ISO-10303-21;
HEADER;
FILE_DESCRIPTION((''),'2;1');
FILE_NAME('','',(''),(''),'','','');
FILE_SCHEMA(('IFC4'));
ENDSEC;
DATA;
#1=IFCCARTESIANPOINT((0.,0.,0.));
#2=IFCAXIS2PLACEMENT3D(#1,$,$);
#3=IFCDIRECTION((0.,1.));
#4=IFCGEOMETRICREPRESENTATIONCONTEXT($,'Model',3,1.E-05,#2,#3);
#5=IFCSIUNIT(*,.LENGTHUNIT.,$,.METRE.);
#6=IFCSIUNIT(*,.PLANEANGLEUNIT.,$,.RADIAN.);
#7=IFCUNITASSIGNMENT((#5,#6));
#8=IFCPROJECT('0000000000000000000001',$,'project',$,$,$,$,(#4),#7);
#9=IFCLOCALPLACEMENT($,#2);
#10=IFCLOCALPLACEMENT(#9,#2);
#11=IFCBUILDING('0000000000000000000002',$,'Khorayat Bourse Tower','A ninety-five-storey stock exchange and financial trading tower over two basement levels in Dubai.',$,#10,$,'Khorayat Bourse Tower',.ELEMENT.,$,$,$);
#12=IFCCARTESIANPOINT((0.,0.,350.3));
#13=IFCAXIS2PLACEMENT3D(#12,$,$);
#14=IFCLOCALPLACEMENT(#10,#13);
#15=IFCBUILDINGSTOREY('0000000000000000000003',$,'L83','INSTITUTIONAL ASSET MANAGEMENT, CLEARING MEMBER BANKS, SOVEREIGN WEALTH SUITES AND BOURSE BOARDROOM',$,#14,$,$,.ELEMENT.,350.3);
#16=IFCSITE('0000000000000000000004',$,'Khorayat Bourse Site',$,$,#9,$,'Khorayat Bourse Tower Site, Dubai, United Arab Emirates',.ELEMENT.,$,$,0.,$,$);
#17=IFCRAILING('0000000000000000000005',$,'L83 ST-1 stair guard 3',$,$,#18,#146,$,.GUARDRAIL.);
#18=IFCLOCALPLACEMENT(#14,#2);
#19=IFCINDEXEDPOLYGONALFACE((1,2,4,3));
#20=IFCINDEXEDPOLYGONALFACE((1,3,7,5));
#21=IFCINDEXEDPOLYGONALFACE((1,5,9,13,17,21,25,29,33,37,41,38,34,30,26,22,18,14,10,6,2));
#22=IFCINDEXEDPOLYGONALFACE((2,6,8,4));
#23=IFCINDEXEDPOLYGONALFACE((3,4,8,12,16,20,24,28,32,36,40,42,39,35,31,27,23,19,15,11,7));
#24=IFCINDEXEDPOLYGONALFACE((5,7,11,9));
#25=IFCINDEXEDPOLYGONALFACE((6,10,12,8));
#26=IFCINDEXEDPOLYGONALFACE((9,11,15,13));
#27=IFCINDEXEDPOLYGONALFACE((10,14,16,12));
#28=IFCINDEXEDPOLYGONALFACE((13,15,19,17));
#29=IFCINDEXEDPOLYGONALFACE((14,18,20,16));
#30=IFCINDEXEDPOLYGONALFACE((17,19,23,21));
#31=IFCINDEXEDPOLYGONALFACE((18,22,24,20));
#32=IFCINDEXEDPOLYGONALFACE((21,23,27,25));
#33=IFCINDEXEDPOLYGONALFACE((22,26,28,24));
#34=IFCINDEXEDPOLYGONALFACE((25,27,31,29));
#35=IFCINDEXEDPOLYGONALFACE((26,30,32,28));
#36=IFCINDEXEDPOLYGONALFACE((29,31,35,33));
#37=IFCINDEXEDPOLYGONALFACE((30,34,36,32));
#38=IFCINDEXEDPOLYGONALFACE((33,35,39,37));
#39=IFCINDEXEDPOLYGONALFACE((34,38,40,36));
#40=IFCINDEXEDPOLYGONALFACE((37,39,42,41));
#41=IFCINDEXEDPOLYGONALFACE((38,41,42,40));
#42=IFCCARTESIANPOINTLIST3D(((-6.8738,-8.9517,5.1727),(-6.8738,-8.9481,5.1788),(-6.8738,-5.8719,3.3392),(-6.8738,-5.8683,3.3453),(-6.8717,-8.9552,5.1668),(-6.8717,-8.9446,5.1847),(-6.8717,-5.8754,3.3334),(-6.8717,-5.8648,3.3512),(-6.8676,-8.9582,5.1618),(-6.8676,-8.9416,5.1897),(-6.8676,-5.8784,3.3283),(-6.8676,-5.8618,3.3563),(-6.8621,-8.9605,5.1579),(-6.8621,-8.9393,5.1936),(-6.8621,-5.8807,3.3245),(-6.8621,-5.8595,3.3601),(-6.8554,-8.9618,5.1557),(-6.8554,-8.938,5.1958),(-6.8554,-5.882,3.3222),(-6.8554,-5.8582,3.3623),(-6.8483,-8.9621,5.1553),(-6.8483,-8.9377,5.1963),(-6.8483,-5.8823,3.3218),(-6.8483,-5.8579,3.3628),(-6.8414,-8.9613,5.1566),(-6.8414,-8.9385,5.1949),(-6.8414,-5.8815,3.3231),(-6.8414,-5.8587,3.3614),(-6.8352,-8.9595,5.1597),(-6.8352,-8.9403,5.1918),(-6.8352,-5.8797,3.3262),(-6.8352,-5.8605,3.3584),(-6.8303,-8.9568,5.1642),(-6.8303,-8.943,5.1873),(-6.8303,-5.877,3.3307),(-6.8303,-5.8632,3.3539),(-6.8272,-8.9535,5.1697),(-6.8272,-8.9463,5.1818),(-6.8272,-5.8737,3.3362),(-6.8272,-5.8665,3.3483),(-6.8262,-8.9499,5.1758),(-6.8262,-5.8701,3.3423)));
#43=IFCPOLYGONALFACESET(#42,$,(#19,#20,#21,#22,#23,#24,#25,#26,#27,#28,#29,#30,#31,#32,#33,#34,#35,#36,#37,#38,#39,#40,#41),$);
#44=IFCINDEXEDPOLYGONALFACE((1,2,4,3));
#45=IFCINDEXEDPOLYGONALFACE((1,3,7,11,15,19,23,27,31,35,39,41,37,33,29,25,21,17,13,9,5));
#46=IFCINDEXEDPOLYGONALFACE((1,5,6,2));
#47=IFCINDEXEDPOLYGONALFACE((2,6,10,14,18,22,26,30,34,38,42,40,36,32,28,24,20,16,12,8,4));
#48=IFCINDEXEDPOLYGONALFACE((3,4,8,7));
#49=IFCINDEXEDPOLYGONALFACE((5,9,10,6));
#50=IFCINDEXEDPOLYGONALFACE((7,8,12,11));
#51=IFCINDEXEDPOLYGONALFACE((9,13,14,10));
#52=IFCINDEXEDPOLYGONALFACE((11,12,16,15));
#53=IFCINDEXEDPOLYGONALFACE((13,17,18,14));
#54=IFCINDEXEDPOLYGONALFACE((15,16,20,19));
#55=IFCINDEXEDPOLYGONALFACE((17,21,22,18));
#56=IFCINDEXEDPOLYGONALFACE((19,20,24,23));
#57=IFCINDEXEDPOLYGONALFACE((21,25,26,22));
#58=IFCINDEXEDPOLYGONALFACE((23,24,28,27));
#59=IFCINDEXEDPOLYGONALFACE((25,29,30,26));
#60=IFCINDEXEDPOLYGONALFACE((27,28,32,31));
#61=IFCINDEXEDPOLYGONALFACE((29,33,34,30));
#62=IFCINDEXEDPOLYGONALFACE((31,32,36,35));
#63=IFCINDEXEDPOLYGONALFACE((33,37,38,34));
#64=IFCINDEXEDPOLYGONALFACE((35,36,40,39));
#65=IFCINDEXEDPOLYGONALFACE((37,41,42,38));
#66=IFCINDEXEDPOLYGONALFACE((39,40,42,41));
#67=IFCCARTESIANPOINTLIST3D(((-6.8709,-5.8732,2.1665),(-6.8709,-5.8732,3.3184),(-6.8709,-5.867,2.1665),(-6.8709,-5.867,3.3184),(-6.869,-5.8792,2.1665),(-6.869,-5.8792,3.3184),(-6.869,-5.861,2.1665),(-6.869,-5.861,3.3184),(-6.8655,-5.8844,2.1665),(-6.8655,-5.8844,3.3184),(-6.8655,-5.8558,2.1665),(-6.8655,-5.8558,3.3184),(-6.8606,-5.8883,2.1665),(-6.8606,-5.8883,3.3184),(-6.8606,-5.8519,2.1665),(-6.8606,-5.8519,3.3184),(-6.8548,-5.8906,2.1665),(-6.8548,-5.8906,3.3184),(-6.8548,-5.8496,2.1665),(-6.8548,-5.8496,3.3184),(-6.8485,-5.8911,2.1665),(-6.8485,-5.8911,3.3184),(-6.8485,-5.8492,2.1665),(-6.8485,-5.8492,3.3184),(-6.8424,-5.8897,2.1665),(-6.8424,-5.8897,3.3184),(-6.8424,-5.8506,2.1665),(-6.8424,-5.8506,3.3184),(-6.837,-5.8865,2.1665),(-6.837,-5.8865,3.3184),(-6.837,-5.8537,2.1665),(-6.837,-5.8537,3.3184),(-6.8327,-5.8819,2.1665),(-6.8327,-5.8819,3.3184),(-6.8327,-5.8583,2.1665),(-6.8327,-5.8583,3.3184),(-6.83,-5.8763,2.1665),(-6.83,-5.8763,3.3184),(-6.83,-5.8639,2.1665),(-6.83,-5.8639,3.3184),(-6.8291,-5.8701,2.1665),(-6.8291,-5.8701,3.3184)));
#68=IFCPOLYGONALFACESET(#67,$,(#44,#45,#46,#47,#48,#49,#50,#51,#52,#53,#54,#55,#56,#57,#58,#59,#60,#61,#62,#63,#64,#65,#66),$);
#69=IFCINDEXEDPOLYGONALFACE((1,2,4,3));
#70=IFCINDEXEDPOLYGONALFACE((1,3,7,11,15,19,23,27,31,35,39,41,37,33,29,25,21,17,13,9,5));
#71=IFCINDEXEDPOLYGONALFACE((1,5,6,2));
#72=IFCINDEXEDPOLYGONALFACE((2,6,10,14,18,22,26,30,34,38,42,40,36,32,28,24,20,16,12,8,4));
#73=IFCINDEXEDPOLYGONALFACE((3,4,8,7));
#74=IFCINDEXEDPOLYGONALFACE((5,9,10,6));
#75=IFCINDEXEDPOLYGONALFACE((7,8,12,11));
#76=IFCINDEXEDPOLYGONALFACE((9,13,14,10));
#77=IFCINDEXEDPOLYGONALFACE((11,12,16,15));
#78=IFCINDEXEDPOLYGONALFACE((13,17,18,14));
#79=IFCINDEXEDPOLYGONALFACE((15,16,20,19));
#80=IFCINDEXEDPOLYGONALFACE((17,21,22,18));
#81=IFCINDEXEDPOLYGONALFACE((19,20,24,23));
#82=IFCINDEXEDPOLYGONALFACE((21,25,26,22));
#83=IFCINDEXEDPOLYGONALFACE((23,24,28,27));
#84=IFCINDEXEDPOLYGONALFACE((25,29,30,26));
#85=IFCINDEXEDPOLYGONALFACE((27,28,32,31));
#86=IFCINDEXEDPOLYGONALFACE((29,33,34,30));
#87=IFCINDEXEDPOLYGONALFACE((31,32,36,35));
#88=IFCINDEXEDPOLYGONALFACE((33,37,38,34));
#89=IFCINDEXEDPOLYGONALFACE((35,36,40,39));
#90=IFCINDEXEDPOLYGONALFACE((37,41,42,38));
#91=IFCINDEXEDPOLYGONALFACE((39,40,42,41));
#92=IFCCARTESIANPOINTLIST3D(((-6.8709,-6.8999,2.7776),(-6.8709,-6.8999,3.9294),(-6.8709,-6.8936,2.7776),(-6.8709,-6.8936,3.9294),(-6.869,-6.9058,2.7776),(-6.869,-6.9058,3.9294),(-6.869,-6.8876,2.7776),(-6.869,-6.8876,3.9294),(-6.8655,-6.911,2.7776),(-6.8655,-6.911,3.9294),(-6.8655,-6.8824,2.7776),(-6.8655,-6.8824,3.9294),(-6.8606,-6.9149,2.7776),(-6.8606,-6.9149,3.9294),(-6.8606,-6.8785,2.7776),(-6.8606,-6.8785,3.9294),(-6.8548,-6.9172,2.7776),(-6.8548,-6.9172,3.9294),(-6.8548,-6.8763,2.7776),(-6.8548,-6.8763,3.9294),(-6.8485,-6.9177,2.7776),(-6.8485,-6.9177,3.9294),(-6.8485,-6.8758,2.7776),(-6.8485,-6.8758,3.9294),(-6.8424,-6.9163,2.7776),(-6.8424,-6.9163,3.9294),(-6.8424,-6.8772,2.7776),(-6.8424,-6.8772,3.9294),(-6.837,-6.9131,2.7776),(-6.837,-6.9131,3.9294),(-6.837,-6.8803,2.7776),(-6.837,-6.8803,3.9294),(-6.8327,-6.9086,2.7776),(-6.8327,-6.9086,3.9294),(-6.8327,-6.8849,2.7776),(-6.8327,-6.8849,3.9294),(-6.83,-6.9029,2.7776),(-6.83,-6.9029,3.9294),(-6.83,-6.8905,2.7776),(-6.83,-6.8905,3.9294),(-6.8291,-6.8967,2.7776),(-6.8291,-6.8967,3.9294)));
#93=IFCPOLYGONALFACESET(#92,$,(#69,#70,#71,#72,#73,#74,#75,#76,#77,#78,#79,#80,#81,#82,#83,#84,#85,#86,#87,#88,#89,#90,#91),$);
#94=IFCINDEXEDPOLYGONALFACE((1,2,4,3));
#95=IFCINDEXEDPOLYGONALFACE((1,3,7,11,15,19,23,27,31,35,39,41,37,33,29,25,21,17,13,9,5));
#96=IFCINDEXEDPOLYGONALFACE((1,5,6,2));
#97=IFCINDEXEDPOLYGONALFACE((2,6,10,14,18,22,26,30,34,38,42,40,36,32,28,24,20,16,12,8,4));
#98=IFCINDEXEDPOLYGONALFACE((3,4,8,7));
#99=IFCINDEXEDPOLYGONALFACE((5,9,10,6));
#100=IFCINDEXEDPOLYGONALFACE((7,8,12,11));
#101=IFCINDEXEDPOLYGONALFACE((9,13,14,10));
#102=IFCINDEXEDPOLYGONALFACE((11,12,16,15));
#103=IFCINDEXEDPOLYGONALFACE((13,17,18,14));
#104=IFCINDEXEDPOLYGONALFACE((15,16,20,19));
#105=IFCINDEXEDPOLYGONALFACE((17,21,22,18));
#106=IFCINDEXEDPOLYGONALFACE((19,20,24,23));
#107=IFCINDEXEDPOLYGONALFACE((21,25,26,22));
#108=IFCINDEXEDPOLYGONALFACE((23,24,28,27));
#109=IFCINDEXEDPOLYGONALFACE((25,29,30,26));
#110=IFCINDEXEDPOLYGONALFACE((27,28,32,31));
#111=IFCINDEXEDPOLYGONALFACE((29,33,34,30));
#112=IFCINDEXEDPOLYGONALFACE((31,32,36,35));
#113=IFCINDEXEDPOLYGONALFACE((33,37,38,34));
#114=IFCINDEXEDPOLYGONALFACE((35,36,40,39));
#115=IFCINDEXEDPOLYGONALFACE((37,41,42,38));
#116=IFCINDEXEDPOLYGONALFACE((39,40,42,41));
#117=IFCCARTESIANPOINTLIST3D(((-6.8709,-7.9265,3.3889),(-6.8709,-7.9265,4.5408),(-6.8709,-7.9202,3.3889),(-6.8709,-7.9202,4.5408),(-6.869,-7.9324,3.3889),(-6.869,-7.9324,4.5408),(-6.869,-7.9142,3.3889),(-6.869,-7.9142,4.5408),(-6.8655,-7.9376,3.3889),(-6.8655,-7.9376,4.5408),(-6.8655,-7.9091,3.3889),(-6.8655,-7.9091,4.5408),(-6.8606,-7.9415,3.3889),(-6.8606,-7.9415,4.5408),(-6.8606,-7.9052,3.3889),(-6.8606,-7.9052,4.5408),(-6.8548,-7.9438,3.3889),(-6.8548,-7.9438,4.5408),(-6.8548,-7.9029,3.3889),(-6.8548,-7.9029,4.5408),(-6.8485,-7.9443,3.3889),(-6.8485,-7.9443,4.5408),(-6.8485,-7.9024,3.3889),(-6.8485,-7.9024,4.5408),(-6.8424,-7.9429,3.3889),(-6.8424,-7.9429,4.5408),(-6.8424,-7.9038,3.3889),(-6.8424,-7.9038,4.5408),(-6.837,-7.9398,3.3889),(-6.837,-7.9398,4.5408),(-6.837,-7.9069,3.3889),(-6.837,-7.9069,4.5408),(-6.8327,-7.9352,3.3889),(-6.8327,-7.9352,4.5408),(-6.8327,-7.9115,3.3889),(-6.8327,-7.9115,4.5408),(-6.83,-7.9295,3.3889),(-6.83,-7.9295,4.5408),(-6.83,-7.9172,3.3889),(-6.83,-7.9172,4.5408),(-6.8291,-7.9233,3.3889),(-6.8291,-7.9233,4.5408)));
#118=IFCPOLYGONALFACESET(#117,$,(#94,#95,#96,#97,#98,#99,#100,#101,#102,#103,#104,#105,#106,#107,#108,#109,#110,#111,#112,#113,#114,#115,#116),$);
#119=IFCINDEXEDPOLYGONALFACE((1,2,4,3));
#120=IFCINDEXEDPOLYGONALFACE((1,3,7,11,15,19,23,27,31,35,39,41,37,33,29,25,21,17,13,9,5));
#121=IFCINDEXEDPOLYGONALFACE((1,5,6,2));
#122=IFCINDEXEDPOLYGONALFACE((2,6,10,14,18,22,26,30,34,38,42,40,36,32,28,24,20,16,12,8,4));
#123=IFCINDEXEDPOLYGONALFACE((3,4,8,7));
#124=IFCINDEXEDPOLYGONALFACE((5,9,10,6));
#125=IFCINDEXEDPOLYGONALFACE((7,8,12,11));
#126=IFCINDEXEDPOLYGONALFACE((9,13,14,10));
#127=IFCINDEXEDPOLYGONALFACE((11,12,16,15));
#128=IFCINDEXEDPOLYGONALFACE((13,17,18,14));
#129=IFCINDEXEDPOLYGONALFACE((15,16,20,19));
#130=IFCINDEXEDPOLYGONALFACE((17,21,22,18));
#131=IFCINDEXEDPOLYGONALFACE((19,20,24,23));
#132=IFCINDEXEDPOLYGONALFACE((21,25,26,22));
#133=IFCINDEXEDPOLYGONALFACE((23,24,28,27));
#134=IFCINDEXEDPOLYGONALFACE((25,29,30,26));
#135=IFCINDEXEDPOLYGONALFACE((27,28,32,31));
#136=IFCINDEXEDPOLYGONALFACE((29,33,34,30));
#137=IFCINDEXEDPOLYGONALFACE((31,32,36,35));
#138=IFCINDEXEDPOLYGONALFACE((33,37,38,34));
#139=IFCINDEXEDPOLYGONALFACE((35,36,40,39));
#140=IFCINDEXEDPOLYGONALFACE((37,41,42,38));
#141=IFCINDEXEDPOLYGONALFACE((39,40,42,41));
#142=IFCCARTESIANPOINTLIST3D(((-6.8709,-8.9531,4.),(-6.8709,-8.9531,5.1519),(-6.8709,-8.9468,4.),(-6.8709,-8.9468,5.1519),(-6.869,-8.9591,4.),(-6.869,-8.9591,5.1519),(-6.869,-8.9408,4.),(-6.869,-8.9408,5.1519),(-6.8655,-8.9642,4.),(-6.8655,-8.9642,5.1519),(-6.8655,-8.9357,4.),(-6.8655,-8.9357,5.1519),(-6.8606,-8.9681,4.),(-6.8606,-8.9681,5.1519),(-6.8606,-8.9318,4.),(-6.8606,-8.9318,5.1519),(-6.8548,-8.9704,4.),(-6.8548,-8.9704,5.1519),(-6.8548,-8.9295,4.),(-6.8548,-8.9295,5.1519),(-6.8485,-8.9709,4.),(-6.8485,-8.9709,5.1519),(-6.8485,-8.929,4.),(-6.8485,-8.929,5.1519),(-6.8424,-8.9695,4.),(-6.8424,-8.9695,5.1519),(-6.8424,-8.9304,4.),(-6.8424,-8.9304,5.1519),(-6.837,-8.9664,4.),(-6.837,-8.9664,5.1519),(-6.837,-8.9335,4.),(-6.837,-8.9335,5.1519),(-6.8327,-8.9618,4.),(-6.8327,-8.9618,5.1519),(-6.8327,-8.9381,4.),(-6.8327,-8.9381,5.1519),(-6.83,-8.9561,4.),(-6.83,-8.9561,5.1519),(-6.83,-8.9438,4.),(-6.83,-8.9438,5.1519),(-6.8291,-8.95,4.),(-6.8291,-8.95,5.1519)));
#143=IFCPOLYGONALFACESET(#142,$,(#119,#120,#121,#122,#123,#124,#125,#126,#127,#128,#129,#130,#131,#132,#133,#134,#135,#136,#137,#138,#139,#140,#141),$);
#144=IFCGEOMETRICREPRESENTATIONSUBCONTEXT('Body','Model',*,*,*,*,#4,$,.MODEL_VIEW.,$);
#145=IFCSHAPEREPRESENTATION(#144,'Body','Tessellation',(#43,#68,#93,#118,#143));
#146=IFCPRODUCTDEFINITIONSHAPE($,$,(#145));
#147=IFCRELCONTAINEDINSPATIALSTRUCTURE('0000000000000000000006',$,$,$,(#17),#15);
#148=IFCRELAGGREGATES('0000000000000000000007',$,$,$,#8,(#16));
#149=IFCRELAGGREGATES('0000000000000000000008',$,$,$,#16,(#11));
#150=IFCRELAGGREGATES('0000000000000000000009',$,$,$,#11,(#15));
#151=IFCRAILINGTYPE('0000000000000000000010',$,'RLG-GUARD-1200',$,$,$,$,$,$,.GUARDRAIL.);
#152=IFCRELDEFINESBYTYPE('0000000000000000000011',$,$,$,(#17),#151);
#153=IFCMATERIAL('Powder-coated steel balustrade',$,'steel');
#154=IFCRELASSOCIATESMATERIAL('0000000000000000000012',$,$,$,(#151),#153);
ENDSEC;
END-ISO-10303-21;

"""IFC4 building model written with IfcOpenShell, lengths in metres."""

from ifc_helpers import new_model, si_unit, direction, frame, origin, origin_2d, place, context, subcontext, project, spatial, circle, extrude, source, transform, mapped, material, type_object, element, save


model = new_model("IFC4")

# Units and contexts
model_context = context("Model", 3, precision=1e-05, world=origin(), true_north=direction((0.0, 1.0)))
body_context = subcontext(model_context, "Body", "Model", "MODEL_VIEW")
ifc_project = project(units=[si_unit("LENGTHUNIT", "METRE"), si_unit("PLANEANGLEUNIT", "RADIAN")], contexts=[model_context])

# Site, building, storey
site_placement = place(None, origin())
site = spatial("IfcSite", under=ifc_project, at=site_placement, Name="Khorayat Bourse Site", LongName="Khorayat Bourse Tower Site, Dubai, United Arab Emirates", CompositionType="ELEMENT", RefElevation=0.0)
building_placement = place(site_placement, origin())
building = spatial("IfcBuilding", under=site, at=building_placement, Name="Khorayat Bourse Tower", Description="A ninety-five-storey stock exchange and financial trading tower over two basement levels in Dubai.", LongName="Khorayat Bourse Tower", CompositionType="ELEMENT")
storey_placement = place(building_placement, frame((0.0, 0.0, 350.3)))
storey = spatial("IfcBuildingStorey", under=building, at=storey_placement, Name="L83", Description="INSTITUTIONAL ASSET MANAGEMENT, CLEARING MEMBER BANKS, SOVEREIGN WEALTH SUITES AND BOURSE BOARDROOM", CompositionType="ELEMENT", Elevation=350.3)

# Railing
ifc_material_1 = material(Name="Powder-coated steel balustrade", Category="steel")
railing_type_1 = type_object("IfcRailingType", Name="RLG-GUARD-1200", PredefinedType="GUARDRAIL", material=ifc_material_1)
shared_shape_1 = source(origin(), body_context, "Body", "SweptSolid", [
    extrude(circle(Radius=0.0239, at=origin_2d()), frame((0.0, 0.0, 1.1758), z_axis=(0.0, -0.859261, 0.511538), x_axis=(1.0, 0.0, 0.0)), (0.0, 0.0, 1.0), 3.5842),
    extrude(circle(Radius=0.021, at=origin_2d()), origin(), (0.0, 0.0, 1.0), 1.1519),
    extrude(circle(Radius=0.021, at=origin_2d()), frame((0.0, -1.0266, 0.6111)), (0.0, 0.0, 1.0), 1.1519),
    extrude(circle(Radius=0.021, at=origin_2d()), frame((0.0, -2.0532, 1.2224)), (0.0, 0.0, 1.0), 1.1519),
    extrude(circle(Radius=0.021, at=origin_2d()), frame((0.0, -3.0798, 1.8335)), (0.0, 0.0, 1.0), 1.1519),
])
railing_1_placement = place(storey_placement, frame((-6.8501, -5.8701, 2.1665)))
element("IfcRailing", 1, at=railing_1_placement, inside=storey, type_object=railing_type_1, Name="L83 ST-1 stair guard 3", PredefinedType="GUARDRAIL", context=body_context, shape_type="MappedRepresentation", body=[
    mapped(shared_shape_1, transform((0.0, 0.0, 0.0), scale=1.0)),
])

save(model, "model.ifc")
